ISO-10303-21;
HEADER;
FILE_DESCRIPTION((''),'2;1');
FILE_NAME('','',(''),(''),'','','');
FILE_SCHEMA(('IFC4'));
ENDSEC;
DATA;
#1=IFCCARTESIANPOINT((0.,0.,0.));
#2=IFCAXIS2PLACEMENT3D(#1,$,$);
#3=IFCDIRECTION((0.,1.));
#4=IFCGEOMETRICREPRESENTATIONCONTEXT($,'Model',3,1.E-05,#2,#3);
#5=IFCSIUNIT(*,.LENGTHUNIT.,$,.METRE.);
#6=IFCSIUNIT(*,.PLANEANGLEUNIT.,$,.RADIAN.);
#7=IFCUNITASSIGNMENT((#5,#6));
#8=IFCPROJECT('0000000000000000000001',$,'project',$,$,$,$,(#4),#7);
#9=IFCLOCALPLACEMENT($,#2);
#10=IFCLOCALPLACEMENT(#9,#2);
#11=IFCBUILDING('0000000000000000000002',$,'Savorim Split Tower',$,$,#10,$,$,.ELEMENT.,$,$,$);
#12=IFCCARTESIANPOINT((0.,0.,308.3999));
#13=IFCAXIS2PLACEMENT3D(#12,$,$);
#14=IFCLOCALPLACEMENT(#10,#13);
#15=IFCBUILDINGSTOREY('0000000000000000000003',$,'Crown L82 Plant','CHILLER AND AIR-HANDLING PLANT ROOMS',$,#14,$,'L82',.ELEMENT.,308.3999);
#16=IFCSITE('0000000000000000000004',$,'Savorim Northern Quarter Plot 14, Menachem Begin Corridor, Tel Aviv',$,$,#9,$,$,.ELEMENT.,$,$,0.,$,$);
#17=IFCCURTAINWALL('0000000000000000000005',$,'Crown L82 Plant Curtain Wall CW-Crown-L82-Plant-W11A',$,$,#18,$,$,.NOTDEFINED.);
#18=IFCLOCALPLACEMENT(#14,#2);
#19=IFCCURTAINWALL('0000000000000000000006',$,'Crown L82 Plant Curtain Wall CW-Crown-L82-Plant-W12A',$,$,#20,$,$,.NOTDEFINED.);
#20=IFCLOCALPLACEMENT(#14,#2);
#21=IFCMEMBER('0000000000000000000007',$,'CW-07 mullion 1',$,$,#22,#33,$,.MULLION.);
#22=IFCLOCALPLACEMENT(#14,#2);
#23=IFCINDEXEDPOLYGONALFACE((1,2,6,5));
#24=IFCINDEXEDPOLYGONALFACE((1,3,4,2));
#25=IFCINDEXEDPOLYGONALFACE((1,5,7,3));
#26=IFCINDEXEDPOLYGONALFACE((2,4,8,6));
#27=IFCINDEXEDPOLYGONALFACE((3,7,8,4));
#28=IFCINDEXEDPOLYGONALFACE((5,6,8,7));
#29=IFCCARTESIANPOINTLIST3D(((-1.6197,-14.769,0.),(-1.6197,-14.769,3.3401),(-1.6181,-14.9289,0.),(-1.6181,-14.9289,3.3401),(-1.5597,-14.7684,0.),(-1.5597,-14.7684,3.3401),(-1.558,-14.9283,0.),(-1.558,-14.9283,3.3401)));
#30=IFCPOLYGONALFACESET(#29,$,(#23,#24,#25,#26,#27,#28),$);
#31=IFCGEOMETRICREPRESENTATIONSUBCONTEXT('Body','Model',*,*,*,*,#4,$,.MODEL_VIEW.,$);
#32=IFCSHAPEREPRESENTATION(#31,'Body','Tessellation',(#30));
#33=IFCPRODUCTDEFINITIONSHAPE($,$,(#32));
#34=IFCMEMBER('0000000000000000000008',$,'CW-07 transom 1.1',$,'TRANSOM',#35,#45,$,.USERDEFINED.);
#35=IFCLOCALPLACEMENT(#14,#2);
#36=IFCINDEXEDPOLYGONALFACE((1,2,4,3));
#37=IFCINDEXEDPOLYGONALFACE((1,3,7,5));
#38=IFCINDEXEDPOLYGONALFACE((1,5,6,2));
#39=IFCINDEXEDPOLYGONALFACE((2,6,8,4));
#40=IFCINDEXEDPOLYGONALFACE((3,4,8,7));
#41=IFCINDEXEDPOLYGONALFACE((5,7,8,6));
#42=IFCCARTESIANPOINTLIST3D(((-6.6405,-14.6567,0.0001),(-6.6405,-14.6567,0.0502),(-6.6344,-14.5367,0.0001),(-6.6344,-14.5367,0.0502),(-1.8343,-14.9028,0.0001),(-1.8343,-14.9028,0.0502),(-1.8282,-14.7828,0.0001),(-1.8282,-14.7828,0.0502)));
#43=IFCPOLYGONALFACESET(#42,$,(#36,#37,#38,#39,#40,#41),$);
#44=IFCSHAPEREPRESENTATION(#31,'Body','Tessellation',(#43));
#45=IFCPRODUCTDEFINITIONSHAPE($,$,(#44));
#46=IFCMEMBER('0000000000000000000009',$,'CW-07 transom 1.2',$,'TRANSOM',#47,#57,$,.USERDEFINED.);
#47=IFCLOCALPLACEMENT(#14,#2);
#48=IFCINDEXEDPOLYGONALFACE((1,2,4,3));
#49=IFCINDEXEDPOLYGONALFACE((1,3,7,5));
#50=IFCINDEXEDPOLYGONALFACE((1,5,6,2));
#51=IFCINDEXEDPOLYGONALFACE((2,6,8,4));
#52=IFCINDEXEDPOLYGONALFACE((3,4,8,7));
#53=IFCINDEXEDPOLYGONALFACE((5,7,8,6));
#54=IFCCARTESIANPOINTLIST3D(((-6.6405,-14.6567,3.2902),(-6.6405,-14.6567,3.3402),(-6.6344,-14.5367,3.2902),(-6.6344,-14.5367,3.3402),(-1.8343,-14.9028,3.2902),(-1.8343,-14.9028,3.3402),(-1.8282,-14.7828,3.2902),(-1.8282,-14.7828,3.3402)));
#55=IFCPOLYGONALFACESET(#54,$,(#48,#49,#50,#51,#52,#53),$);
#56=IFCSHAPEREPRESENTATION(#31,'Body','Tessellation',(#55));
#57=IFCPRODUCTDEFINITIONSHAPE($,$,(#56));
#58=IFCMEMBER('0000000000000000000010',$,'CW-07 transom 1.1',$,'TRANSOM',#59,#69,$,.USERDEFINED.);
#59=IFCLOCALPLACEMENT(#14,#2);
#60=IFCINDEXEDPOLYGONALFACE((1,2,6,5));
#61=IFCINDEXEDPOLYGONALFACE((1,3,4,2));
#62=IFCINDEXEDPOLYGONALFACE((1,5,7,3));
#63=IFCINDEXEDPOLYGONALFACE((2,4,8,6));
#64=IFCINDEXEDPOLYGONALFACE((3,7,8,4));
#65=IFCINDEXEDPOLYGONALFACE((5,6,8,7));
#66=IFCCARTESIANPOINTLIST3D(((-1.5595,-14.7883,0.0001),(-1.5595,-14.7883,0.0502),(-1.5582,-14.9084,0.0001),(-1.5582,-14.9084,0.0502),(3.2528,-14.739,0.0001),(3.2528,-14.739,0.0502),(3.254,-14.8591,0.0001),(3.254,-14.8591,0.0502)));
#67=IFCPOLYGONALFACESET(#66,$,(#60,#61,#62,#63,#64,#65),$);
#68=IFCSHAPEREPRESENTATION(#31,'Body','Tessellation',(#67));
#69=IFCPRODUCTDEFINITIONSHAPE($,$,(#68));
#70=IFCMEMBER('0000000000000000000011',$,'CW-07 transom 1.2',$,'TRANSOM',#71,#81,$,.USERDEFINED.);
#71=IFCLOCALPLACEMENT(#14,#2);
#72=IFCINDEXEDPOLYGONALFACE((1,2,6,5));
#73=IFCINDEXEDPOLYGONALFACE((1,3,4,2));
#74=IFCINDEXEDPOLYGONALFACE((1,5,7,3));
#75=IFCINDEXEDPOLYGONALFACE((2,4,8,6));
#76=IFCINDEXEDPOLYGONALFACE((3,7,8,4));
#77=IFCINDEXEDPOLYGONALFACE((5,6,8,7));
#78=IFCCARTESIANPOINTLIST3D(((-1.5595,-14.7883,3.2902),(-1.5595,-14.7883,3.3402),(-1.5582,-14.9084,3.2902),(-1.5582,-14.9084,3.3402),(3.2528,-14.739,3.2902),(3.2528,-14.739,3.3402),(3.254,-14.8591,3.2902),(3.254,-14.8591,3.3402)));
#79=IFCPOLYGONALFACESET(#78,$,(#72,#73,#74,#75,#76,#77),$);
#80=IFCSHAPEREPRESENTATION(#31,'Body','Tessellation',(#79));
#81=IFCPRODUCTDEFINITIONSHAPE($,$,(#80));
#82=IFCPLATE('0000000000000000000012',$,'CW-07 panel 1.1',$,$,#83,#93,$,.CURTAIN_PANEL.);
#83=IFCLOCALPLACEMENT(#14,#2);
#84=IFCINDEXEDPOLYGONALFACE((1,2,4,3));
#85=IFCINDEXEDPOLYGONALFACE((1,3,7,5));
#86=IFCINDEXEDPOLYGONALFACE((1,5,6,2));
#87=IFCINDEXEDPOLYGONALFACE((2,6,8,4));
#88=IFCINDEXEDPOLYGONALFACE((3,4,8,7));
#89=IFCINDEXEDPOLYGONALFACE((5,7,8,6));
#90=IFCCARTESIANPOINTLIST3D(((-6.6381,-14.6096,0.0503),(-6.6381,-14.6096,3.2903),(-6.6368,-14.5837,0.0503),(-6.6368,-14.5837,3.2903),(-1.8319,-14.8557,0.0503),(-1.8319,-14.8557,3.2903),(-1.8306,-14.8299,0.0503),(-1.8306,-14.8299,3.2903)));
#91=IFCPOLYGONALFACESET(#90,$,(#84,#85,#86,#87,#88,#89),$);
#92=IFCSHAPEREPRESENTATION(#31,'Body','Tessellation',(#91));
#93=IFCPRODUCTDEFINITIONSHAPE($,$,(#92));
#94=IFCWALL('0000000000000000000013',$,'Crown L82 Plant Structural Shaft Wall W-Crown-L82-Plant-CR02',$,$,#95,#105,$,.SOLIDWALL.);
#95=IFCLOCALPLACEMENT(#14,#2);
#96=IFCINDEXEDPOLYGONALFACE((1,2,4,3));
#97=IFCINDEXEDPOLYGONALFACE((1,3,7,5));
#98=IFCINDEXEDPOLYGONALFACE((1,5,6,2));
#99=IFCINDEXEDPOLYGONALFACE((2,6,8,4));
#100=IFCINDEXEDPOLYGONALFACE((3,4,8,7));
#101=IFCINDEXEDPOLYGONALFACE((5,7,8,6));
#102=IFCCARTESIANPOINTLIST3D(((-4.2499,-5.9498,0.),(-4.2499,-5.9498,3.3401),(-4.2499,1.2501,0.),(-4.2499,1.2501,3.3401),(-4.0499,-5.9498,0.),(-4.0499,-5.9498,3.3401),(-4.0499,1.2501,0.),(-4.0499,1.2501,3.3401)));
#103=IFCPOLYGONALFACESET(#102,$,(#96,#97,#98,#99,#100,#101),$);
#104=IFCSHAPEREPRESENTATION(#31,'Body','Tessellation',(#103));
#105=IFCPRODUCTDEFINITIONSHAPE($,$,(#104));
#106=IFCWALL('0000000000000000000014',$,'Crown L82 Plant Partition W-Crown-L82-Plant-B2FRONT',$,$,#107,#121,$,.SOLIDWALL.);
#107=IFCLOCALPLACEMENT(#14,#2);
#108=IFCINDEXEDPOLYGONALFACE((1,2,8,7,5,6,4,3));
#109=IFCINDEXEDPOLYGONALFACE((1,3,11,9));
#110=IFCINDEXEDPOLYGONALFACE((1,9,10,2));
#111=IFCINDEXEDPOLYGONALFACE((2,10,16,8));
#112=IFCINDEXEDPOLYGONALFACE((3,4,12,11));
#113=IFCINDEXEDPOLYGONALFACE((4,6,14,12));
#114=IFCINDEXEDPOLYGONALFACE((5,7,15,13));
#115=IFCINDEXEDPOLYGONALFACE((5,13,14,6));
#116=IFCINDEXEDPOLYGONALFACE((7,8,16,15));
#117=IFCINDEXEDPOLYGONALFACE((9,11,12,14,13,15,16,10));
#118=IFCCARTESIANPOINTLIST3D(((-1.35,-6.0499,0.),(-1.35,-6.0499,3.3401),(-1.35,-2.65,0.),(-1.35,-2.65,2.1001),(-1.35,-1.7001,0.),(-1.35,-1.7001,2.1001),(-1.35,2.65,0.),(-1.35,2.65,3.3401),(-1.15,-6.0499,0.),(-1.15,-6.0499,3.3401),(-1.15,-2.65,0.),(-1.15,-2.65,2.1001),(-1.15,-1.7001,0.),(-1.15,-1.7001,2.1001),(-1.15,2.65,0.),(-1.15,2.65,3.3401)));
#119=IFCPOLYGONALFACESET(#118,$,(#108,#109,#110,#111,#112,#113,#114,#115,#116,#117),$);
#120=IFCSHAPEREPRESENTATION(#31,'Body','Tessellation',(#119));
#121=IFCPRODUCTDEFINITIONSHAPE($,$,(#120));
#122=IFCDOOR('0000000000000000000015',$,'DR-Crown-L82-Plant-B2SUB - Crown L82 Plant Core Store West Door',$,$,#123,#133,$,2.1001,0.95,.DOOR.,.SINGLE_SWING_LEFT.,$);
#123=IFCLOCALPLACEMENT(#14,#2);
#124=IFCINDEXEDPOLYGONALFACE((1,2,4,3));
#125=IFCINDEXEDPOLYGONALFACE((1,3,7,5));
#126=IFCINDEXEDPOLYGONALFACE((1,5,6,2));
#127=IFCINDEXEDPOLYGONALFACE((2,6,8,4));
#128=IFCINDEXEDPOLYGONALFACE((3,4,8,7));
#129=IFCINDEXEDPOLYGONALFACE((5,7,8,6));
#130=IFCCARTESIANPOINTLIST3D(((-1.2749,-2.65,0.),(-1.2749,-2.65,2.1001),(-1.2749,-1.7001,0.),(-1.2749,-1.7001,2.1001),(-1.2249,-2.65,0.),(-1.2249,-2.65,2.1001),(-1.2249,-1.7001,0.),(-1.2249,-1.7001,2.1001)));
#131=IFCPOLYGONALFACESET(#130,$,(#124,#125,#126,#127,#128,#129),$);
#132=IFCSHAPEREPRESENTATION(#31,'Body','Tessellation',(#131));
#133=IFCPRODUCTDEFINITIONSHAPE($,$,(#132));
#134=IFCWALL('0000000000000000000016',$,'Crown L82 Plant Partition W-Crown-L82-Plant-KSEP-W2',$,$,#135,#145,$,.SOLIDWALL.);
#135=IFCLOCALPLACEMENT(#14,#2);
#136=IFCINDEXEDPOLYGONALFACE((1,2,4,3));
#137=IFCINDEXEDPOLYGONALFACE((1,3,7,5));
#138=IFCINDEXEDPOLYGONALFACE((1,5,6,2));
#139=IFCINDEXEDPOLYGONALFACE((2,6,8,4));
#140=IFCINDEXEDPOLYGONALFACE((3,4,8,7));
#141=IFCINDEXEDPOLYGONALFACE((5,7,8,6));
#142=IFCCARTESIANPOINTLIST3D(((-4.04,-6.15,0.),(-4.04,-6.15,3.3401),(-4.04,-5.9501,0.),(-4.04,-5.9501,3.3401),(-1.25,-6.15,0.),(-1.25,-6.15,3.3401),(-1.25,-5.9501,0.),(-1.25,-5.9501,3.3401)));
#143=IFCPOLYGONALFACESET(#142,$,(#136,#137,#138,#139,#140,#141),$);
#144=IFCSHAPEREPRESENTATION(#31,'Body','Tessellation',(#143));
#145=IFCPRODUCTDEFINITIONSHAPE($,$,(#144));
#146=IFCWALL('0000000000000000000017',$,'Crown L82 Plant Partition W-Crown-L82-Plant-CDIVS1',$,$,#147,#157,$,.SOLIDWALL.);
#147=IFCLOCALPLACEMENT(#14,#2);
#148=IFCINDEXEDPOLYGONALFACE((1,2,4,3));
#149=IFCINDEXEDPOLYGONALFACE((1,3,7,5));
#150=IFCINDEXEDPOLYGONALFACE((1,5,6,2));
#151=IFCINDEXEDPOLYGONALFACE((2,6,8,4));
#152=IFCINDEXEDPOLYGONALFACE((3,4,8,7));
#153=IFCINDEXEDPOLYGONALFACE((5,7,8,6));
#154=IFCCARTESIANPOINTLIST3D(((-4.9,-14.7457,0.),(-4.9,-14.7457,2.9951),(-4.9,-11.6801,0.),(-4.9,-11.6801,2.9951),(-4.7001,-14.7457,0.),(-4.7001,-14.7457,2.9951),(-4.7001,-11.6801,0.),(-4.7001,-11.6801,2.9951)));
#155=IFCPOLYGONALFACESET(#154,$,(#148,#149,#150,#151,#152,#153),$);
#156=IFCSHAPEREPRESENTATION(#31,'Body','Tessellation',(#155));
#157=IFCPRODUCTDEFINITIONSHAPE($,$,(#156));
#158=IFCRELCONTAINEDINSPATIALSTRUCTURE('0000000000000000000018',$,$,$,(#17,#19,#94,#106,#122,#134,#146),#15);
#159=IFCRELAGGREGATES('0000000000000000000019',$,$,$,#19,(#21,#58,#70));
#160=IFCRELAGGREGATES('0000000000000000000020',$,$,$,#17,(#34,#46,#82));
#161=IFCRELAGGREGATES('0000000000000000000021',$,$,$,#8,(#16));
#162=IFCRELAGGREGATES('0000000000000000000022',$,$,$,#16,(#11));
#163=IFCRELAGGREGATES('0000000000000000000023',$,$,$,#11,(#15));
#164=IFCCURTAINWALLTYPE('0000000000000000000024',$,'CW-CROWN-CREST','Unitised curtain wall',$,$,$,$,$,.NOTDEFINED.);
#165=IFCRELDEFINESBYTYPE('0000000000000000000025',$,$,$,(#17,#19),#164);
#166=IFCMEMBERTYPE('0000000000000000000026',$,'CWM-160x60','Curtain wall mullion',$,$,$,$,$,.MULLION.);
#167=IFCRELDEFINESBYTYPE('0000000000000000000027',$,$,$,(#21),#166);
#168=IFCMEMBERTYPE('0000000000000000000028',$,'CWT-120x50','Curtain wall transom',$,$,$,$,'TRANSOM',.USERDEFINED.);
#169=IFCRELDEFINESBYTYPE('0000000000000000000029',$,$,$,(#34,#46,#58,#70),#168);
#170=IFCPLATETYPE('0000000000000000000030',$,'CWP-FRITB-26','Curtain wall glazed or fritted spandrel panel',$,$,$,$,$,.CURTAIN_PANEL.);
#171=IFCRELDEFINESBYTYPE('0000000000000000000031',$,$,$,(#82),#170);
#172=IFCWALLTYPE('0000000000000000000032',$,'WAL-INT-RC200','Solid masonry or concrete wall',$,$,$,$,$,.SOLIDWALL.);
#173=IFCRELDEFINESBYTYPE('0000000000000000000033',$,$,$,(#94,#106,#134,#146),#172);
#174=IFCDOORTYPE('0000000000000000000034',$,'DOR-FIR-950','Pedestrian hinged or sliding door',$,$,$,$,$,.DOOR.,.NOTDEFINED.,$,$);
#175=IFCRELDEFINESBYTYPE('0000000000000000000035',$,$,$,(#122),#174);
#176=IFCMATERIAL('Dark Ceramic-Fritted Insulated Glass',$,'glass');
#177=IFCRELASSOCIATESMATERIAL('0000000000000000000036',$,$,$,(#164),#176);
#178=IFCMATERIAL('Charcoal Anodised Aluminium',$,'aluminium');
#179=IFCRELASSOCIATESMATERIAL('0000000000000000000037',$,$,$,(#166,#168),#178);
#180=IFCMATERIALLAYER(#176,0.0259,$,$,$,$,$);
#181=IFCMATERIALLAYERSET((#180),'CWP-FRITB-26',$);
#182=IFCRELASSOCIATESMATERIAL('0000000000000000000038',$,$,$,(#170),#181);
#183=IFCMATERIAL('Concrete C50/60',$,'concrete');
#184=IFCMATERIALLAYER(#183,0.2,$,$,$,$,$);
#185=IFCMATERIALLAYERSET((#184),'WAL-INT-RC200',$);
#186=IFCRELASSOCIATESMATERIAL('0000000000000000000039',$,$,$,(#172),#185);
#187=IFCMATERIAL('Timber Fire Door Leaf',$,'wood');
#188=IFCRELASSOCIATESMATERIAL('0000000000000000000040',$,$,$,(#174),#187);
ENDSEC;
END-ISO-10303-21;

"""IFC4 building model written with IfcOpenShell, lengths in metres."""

from ifc_helpers import new_model, si_unit, direction, frame, frame_2d, origin, origin_2d, place, context, subcontext, project, spatial, rectangle, extrude, material, layer, layer_set, material_profile, profile_set, type_object, element, fill, aggregate, save


model = new_model("IFC4")

# Units and contexts
model_context = context("Model", 3, precision=1e-05, world=origin(), true_north=direction((0.0, 1.0)))
body_context = subcontext(model_context, "Body", "Model", "MODEL_VIEW")
ifc_project = project(units=[si_unit("LENGTHUNIT", "METRE"), si_unit("PLANEANGLEUNIT", "RADIAN")], contexts=[model_context])

# Site, building, storey
site_placement = place(None, origin())
site = spatial("IfcSite", under=ifc_project, at=site_placement, Name="Savorim Northern Quarter Plot 14, Menachem Begin Corridor, Tel Aviv", CompositionType="ELEMENT", RefElevation=0.0)
building_placement = place(site_placement, origin())
building = spatial("IfcBuilding", under=site, at=building_placement, Name="Savorim Split Tower", CompositionType="ELEMENT")
storey_placement = place(building_placement, frame((0.0, 0.0, 308.3999)))
storey = spatial("IfcBuildingStorey", under=building, at=storey_placement, Name="Crown L82 Plant", Description="CHILLER AND AIR-HANDLING PLANT ROOMS", LongName="L82", CompositionType="ELEMENT", Elevation=308.3999)

# Shared definitions
ifc_material_1 = material(Name="Dark Ceramic-Fritted Insulated Glass", Category="glass")
curtain_wall_type = type_object("IfcCurtainWallType", Name="CW-CROWN-CREST", Description="Unitised curtain wall", PredefinedType="NOTDEFINED", material=ifc_material_1)
ifc_material_2 = material(Name="Charcoal Anodised Aluminium", Category="aluminium")
ifc_material_profile_1 = material_profile(ifc_material_2, rectangle(XDim=0.1599, YDim=0.0601, at=origin_2d()), Name="ALU-M 160x60")
ifc_profile_set_1 = profile_set([ifc_material_profile_1], Name="Charcoal Anodised Aluminium")
member_type_1 = type_object("IfcMemberType", Name="CWM-160x60", Description="Curtain wall mullion", PredefinedType="MULLION", material=ifc_profile_set_1)

# Curtain wall
curtain_wall_1_placement = place(storey_placement, origin())
curtain_wall_1 = element("IfcCurtainWall", 1, at=curtain_wall_1_placement, inside=storey, type_object=curtain_wall_type, Name="Crown L82 Plant Curtain Wall CW-Crown-L82-Plant-W11A", PredefinedType="NOTDEFINED")

# Curtain wall, member
curtain_wall_2_placement = place(storey_placement, origin())
curtain_wall_2 = element("IfcCurtainWall", 2, at=curtain_wall_2_placement, inside=storey, type_object=curtain_wall_type, Name="Crown L82 Plant Curtain Wall CW-Crown-L82-Plant-W12A", PredefinedType="NOTDEFINED")
member_1_placement = place(storey_placement, frame((-1.5889, -14.8486, 0.0), z_axis=(0.0, 0.0, 1.0), x_axis=(-0.010239, 0.999948, 0.0)))
member_1 = element("IfcMember", 3, at=member_1_placement, type_object=member_type_1, Name="CW-07 mullion 1", PredefinedType="MULLION", context=body_context, shape_type="SweptSolid", body=[
    extrude(rectangle(XDim=0.1599, YDim=0.0601, at=origin_2d()), origin(), (0.0, 0.0, 1.0), 3.3401),
])

# Members
ifc_material_profile_2 = material_profile(ifc_material_2, rectangle(XDim=0.1201, YDim=0.05, at=origin_2d()), Name="ALU-T 120x50")
ifc_profile_set_2 = profile_set([ifc_material_profile_2], Name="Charcoal Anodised Aluminium")
member_type_2 = type_object("IfcMemberType", Name="CWT-120x50", Description="Curtain wall transom", ElementType="TRANSOM", PredefinedType="USERDEFINED", material=ifc_profile_set_2)
member_2_placement = place(storey_placement, frame((-6.6375, -14.5967, 0.0251), z_axis=(0.998692, -0.051137, 0.0), x_axis=(0.051137, 0.998692, 0.0)))
member_2 = element("IfcMember", 4, at=member_2_placement, type_object=member_type_2, Name="CW-07 transom 1.1", ObjectType="TRANSOM", PredefinedType="USERDEFINED", context=body_context, shape_type="SweptSolid", body=[
    extrude(rectangle(XDim=0.1201, YDim=0.05, at=origin_2d()), origin(), (0.0, 0.0, 1.0), 4.8125),
])
member_3_placement = place(storey_placement, frame((-6.6375, -14.5967, 3.3152), z_axis=(0.998692, -0.051137, 0.0), x_axis=(0.051137, 0.998692, 0.0)))
member_3 = element("IfcMember", 5, at=member_3_placement, type_object=member_type_2, Name="CW-07 transom 1.2", ObjectType="TRANSOM", PredefinedType="USERDEFINED", context=body_context, shape_type="SweptSolid", body=[
    extrude(rectangle(XDim=0.1201, YDim=0.05, at=origin_2d()), origin(), (0.0, 0.0, 1.0), 4.8125),
])
member_4_placement = place(storey_placement, frame((-1.5588, -14.8484, 0.0251), z_axis=(0.999947, 0.010248, 0.0), x_axis=(-0.010248, 0.999947, 0.0)))
member_4 = element("IfcMember", 6, at=member_4_placement, type_object=member_type_2, Name="CW-07 transom 1.1", ObjectType="TRANSOM", PredefinedType="USERDEFINED", context=body_context, shape_type="SweptSolid", body=[
    extrude(rectangle(XDim=0.1201, YDim=0.05, at=origin_2d()), origin(), (0.0, 0.0, 1.0), 4.8125),
])
member_5_placement = place(storey_placement, frame((-1.5588, -14.8484, 3.3152), z_axis=(0.999947, 0.010248, 0.0), x_axis=(-0.010248, 0.999947, 0.0)))
member_5 = element("IfcMember", 7, at=member_5_placement, type_object=member_type_2, Name="CW-07 transom 1.2", ObjectType="TRANSOM", PredefinedType="USERDEFINED", context=body_context, shape_type="SweptSolid", body=[
    extrude(rectangle(XDim=0.1201, YDim=0.05, at=origin_2d()), origin(), (0.0, 0.0, 1.0), 4.8125),
])
aggregate(curtain_wall_2, [member_1, member_4, member_5])

# Plate
ifc_layer_1 = layer(ifc_material_1, 0.0259)
ifc_layer_set_1 = layer_set([ifc_layer_1], Name="CWP-FRITB-26")
plate_type = type_object("IfcPlateType", Name="CWP-FRITB-26", Description="Curtain wall glazed or fritted spandrel panel", PredefinedType="CURTAIN_PANEL", material=ifc_layer_set_1)
plate_placement = place(storey_placement, frame((-4.2344, -14.7197, 0.0503), z_axis=(0.0, 0.0, 1.0), x_axis=(0.998691, -0.051151, 0.0)))
plate = element("IfcPlate", 8, at=plate_placement, type_object=plate_type, Name="CW-07 panel 1.1", PredefinedType="CURTAIN_PANEL", context=body_context, shape_type="SweptSolid", body=[
    extrude(rectangle(XDim=4.8125, YDim=0.0259, at=origin_2d()), origin(), (0.0, 0.0, 1.0), 3.24),
])
aggregate(curtain_wall_1, [member_2, member_3, plate])

# Wall
ifc_material_3 = material(Name="Concrete C50/60", Category="concrete")
ifc_layer_2 = layer(ifc_material_3, 0.2)
ifc_layer_set_2 = layer_set([ifc_layer_2], Name="WAL-INT-RC200")
wall_type_1 = type_object("IfcWallType", Name="WAL-INT-RC200", Description="Solid masonry or concrete wall", PredefinedType="SOLIDWALL", material=ifc_layer_set_2)
wall_1_placement = place(storey_placement, frame((-4.1499, -5.95, 0.0), z_axis=(0.0, 0.0, 1.0), x_axis=(0.0, 1.0, 0.0)))
element("IfcWall", 9, at=wall_1_placement, inside=storey, type_object=wall_type_1, Name="Crown L82 Plant Structural Shaft Wall W-Crown-L82-Plant-CR02", PredefinedType="SOLIDWALL", context=body_context, shape_type="SweptSolid", body=[
    extrude(rectangle(XDim=7.2, YDim=0.2, at=frame_2d((3.6001, 0.0))), origin(), (0.0, 0.0, 1.0), 3.3401),
])

# Wall, opening, door
wall_2_placement = place(storey_placement, frame((-1.25, -6.05, 0.0), z_axis=(0.0, 0.0, 1.0), x_axis=(0.0, 1.0, 0.0)))
wall_2 = element("IfcWall", 10, at=wall_2_placement, inside=storey, type_object=wall_type_1, Name="Crown L82 Plant Partition W-Crown-L82-Plant-B2FRONT", PredefinedType="SOLIDWALL", context=body_context, shape_type="SweptSolid", body=[
    extrude(rectangle(XDim=8.7, YDim=0.2, at=frame_2d((4.3501, 0.0))), origin(), (0.0, 0.0, 1.0), 3.3401),
])
opening_1_placement = place(wall_2_placement, frame((3.3999, 0.0, 0.0)))
opening_1 = element("IfcOpeningElement", 11, at=opening_1_placement, cuts=wall_2, PredefinedType="OPENING", context=body_context, shape_type="SweptSolid", body=[
    extrude(rectangle(XDim=0.95, YDim=2.1001, at=frame_2d((0.4751, 1.05))), frame((0.0, 0.1099, 0.0), z_axis=(0.0, -1.0, 0.0), x_axis=(1.0, 0.0, 0.0)), (0.0, 0.0, 1.0), 0.22),
])
ifc_material_4 = material(Name="Timber Fire Door Leaf", Category="wood")
door_type_1 = type_object("IfcDoorType", Name="DOR-FIR-950", Description="Pedestrian hinged or sliding door", OperationType="NOTDEFINED", PredefinedType="DOOR", material=ifc_material_4)
door_1_placement = place(opening_1_placement, origin())
door_1 = element("IfcDoor", 12, at=door_1_placement, inside=storey, type_object=door_type_1, Name="DR-Crown-L82-Plant-B2SUB - Crown L82 Plant Core Store West Door", OperationType="SINGLE_SWING_LEFT", OverallHeight=2.1001, OverallWidth=0.95, PredefinedType="DOOR", context=body_context, shape_type="SweptSolid", body=[
    extrude(rectangle(XDim=0.95, YDim=2.1001, at=frame_2d((0.4751, 1.05))), frame((0.0, 0.0249, 0.0), z_axis=(0.0, -1.0, 0.0), x_axis=(1.0, 0.0, 0.0)), (0.0, 0.0, 1.0), 0.05),
])
fill(opening_1, door_1)

# Walls
wall_3_placement = place(storey_placement, frame((-4.04, -6.05, 0.0), z_axis=(0.0, 0.0, 1.0), x_axis=(1.0, 0.0, 0.0)))
element("IfcWall", 13, at=wall_3_placement, inside=storey, type_object=wall_type_1, Name="Crown L82 Plant Partition W-Crown-L82-Plant-KSEP-W2", PredefinedType="SOLIDWALL", context=body_context, shape_type="SweptSolid", body=[
    extrude(rectangle(XDim=2.79, YDim=0.2, at=frame_2d((1.395, 0.0))), origin(), (0.0, 0.0, 1.0), 3.3401),
])
wall_4_placement = place(storey_placement, frame((-4.8, -14.7456, 0.0), z_axis=(0.0, 0.0, 1.0), x_axis=(0.0, 1.0, 0.0)))
element("IfcWall", 14, at=wall_4_placement, inside=storey, type_object=wall_type_1, Name="Crown L82 Plant Partition W-Crown-L82-Plant-CDIVS1", PredefinedType="SOLIDWALL", context=body_context, shape_type="SweptSolid", body=[
    extrude(rectangle(XDim=3.0657, YDim=0.2, at=frame_2d((1.5327, 0.0))), origin(), (0.0, 0.0, 1.0), 2.9951),
])

save(model, "model.ifc")
